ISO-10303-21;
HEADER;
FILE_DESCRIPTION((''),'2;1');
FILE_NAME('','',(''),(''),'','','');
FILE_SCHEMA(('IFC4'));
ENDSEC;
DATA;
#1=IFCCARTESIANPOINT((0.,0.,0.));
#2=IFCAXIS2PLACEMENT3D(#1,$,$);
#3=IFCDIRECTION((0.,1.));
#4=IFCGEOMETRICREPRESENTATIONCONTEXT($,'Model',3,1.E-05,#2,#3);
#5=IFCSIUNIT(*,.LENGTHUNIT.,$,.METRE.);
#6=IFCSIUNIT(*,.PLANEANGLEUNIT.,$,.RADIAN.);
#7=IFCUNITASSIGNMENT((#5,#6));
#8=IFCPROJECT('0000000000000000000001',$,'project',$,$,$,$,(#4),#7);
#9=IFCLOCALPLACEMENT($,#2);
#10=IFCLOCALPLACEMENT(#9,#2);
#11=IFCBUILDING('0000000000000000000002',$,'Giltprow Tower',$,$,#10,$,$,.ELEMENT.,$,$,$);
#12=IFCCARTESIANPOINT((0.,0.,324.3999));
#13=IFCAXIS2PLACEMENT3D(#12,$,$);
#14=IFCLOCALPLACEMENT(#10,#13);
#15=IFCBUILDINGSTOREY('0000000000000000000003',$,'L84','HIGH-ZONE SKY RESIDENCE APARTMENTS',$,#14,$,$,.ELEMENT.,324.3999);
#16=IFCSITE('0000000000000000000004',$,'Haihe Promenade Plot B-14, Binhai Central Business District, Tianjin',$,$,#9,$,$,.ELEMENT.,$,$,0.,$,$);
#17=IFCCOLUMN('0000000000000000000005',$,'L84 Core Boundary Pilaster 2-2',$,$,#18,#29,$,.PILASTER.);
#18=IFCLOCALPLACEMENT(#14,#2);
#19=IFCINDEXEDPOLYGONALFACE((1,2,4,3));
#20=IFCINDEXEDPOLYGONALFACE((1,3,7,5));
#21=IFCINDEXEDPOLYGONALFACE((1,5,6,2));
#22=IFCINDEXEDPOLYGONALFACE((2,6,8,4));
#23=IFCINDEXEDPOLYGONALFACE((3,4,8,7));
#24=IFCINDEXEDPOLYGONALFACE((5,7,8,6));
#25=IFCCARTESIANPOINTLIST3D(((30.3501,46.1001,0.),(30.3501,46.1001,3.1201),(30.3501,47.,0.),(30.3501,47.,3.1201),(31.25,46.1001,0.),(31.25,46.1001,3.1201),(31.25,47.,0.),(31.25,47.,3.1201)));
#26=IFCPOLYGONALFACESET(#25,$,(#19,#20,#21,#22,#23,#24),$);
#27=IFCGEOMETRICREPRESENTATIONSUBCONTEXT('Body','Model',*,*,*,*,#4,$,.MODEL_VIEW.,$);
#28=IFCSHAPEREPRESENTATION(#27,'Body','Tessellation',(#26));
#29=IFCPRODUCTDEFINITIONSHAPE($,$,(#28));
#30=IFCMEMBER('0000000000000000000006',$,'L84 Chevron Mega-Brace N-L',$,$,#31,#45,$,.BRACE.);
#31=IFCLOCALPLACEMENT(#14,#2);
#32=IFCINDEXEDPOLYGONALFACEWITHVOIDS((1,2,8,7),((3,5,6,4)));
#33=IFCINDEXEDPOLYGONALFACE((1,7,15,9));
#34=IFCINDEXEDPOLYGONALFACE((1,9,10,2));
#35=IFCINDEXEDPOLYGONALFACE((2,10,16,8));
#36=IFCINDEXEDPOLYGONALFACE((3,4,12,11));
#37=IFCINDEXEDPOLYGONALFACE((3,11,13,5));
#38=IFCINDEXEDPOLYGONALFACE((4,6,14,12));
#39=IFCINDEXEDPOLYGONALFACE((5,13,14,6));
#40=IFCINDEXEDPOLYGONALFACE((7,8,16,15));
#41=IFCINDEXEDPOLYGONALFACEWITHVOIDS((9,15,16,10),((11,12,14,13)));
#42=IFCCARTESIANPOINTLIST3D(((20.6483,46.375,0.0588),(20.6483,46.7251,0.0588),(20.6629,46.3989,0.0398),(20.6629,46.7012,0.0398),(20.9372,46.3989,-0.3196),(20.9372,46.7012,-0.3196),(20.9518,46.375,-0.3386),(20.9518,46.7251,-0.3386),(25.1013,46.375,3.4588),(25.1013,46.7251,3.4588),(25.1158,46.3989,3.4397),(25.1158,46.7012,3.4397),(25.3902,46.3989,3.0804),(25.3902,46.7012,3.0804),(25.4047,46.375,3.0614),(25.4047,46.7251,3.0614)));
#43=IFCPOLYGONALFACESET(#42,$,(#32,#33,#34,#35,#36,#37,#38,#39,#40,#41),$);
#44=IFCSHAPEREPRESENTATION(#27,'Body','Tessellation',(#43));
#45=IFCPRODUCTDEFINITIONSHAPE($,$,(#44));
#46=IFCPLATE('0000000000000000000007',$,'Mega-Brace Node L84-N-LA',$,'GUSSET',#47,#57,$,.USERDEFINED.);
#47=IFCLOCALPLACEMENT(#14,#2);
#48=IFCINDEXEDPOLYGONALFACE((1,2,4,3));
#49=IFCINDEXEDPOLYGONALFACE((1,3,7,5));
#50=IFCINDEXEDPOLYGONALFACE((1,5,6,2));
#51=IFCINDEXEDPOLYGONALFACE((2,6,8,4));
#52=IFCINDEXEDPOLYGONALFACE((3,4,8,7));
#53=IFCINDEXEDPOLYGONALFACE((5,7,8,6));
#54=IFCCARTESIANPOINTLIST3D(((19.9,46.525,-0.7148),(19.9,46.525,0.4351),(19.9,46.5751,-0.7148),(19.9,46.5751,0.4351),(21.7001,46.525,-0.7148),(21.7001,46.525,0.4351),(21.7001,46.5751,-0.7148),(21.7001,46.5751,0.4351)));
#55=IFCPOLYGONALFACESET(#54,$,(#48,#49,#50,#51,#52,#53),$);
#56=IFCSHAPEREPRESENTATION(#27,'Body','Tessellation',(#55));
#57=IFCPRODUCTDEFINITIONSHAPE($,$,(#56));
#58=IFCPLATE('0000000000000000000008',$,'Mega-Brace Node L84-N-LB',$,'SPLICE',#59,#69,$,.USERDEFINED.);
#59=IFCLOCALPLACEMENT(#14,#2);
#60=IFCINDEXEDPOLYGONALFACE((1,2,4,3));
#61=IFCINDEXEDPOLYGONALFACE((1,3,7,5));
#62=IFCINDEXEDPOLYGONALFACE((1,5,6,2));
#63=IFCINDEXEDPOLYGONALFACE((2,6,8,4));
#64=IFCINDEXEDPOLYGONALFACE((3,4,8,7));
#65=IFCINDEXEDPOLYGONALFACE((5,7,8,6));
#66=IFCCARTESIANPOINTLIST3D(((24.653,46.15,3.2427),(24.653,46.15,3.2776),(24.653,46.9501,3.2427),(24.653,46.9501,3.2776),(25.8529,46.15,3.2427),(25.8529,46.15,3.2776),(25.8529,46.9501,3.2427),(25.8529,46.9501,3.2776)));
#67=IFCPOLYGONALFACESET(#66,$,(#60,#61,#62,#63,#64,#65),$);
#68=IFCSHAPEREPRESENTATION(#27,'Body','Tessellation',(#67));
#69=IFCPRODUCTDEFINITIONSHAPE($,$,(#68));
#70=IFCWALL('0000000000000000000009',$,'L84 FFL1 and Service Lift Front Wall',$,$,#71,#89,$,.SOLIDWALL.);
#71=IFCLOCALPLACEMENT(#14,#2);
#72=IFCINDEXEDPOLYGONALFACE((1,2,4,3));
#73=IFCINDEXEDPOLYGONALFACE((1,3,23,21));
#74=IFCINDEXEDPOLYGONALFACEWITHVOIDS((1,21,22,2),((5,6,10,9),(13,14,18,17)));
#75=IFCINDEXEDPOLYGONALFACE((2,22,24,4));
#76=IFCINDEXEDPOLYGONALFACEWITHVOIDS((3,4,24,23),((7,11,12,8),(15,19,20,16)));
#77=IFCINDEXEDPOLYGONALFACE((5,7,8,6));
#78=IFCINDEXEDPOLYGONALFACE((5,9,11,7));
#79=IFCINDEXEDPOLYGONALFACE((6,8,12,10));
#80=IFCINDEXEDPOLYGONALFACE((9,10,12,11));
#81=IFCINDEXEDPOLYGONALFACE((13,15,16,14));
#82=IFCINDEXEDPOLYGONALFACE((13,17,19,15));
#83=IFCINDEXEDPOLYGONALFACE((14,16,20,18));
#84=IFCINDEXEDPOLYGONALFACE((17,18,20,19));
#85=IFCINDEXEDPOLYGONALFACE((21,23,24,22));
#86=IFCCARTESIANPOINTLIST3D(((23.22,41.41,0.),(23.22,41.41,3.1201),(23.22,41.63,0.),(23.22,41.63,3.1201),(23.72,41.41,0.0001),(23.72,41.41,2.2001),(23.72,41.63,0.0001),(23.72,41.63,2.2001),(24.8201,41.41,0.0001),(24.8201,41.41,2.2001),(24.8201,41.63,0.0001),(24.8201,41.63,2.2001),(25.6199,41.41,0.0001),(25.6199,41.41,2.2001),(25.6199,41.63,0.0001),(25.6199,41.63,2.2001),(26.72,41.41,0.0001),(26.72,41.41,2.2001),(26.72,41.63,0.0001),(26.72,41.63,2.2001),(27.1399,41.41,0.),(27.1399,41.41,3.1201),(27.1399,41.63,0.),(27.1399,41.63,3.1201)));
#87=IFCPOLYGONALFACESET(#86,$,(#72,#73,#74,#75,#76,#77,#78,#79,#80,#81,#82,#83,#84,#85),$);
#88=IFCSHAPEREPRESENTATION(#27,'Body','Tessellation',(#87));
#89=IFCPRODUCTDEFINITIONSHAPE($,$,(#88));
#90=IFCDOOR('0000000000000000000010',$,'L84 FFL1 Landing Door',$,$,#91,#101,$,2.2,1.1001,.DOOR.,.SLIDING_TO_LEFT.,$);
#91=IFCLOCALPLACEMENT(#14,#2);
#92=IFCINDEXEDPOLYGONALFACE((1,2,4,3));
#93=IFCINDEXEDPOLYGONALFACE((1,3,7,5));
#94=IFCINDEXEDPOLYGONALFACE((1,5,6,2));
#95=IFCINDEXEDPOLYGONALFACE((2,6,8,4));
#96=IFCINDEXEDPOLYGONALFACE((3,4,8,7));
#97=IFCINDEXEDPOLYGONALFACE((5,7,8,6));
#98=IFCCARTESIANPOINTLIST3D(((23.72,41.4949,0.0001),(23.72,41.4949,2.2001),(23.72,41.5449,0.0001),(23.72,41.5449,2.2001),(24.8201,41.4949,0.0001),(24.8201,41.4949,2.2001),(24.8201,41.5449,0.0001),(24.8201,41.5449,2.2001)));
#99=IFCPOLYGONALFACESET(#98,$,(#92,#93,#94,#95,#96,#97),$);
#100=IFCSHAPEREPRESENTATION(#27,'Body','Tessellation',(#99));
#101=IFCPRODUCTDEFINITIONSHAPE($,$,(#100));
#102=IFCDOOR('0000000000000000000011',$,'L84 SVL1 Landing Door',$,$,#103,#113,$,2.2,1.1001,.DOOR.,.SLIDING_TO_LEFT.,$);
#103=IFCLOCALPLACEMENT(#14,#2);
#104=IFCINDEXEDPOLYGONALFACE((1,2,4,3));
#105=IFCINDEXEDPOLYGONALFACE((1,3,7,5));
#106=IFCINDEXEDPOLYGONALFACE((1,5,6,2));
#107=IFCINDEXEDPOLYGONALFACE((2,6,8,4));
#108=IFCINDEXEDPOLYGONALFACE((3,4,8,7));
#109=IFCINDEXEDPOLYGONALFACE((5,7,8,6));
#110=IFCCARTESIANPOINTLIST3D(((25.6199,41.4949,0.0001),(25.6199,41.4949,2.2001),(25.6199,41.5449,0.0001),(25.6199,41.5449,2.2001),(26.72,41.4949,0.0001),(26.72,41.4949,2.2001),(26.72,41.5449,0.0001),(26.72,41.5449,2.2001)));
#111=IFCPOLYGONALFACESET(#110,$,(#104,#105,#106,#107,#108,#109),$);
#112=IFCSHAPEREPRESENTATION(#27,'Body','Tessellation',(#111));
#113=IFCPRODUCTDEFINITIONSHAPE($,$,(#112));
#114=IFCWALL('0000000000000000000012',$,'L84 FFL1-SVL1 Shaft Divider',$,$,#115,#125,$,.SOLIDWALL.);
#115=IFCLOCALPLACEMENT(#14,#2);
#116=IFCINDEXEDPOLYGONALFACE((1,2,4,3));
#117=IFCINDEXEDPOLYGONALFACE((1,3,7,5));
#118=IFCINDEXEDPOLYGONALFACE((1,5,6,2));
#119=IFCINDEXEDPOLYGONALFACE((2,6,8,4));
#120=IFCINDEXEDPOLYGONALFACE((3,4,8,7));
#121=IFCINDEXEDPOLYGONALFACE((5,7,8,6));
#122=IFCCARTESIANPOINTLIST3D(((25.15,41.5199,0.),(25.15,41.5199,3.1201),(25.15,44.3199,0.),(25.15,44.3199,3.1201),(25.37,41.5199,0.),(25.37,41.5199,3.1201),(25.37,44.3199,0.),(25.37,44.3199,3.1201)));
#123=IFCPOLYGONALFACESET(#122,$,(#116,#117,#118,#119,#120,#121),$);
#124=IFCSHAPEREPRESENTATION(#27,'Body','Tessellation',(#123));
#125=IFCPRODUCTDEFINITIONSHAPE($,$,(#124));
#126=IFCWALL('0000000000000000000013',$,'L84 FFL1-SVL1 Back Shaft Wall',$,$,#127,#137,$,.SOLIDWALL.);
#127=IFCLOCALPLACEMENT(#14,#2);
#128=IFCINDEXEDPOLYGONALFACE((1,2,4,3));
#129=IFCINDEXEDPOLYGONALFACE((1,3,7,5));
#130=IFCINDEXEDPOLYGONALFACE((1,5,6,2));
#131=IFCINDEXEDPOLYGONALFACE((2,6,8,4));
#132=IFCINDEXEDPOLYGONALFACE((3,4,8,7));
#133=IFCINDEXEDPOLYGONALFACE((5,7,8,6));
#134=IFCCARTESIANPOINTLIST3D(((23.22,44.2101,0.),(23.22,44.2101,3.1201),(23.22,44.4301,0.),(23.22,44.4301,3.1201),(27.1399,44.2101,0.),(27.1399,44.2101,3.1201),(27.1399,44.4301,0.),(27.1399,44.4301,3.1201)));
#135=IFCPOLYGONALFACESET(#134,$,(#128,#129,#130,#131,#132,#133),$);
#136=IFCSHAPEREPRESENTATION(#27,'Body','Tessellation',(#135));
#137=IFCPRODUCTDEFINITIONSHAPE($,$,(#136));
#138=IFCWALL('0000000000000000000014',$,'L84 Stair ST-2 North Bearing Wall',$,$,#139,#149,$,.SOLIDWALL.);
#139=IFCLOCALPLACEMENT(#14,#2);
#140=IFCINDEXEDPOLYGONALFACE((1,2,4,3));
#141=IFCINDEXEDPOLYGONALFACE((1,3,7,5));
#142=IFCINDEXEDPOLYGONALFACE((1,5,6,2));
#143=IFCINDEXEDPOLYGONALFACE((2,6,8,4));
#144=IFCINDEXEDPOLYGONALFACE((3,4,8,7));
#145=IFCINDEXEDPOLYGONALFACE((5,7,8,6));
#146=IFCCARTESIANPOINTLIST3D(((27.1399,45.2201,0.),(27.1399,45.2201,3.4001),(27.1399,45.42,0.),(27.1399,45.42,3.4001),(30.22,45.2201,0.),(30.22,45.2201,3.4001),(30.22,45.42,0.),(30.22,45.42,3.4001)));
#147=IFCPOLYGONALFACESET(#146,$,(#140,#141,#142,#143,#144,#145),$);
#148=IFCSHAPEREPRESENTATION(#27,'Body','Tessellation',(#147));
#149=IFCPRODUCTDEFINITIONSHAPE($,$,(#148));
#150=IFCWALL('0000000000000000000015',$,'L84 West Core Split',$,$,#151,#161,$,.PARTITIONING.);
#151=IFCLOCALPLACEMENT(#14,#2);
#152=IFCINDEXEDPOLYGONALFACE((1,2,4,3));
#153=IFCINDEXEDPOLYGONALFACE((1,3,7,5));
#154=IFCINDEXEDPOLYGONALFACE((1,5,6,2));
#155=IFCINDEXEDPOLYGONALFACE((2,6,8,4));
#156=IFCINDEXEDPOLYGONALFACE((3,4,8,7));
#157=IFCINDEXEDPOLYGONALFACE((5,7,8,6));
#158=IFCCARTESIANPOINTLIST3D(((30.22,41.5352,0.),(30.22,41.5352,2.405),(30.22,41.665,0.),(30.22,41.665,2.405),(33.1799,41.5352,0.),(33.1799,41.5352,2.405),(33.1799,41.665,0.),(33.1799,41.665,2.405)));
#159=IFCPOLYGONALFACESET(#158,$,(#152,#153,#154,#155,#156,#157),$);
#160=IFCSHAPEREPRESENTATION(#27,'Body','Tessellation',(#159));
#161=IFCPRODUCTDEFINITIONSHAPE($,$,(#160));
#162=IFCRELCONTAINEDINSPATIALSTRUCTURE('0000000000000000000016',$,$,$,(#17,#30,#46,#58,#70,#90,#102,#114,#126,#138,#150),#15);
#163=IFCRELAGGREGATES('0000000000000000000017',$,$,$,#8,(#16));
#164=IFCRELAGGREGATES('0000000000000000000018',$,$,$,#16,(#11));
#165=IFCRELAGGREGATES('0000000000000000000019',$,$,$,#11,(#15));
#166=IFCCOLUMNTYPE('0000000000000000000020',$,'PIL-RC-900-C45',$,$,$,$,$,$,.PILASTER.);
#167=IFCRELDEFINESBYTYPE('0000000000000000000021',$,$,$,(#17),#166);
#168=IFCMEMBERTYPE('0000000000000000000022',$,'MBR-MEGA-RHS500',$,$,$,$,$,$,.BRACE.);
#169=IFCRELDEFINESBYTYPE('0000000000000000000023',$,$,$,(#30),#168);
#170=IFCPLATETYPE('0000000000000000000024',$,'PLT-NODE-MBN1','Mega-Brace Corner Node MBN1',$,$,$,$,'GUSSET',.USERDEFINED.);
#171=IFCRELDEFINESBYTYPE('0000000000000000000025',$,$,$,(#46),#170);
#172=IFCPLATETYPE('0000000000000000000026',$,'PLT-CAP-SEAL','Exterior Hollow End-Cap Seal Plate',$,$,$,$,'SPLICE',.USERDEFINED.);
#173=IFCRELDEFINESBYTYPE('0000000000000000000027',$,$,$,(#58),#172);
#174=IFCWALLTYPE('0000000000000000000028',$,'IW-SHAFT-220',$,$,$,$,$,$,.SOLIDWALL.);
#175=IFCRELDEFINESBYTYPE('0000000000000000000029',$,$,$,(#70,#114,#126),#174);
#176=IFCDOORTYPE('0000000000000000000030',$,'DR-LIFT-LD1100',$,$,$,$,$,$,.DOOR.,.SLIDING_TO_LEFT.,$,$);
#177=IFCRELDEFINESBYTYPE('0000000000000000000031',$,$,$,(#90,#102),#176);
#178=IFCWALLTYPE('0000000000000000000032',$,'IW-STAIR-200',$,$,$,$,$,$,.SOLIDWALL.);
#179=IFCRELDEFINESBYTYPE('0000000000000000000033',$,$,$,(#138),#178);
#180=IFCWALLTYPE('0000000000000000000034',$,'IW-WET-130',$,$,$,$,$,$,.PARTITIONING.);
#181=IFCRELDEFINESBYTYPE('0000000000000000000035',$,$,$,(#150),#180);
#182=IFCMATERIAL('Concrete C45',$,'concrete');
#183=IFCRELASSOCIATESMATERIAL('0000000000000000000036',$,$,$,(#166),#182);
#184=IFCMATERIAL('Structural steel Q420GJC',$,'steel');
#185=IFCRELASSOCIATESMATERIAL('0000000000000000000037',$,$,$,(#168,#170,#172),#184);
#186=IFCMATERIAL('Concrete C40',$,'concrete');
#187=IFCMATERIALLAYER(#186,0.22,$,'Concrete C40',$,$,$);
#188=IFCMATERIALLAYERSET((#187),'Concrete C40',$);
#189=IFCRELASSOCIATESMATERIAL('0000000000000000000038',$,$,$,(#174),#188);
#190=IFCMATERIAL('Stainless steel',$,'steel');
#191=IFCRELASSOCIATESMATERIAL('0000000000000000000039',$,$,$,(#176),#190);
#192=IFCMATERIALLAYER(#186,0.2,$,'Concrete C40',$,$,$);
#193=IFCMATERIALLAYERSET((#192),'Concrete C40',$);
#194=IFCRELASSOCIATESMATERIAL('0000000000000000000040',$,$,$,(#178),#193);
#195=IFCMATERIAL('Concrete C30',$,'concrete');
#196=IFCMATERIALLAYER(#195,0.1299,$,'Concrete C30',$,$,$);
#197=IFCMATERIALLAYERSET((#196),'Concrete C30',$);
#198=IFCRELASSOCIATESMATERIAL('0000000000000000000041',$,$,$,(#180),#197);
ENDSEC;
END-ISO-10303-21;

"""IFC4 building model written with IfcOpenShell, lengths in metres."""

from ifc_helpers import new_model, si_unit, direction, frame, frame_2d, origin, origin_2d, place, context, subcontext, project, spatial, rectangle, hollow_rectangle, extrude, source, transform, mapped, material, layer, layer_set, material_profile, profile_set, type_object, element, fill, save


model = new_model("IFC4")

# Units and contexts
model_context = context("Model", 3, precision=1e-05, world=origin(), true_north=direction((0.0, 1.0)))
body_context = subcontext(model_context, "Body", "Model", "MODEL_VIEW")
ifc_project = project(units=[si_unit("LENGTHUNIT", "METRE"), si_unit("PLANEANGLEUNIT", "RADIAN")], contexts=[model_context])

# Site, building, storey
site_placement = place(None, origin())
site = spatial("IfcSite", under=ifc_project, at=site_placement, Name="Haihe Promenade Plot B-14, Binhai Central Business District, Tianjin", CompositionType="ELEMENT", RefElevation=0.0)
building_placement = place(site_placement, origin())
building = spatial("IfcBuilding", under=site, at=building_placement, Name="Giltprow Tower", CompositionType="ELEMENT")
storey_placement = place(building_placement, frame((0.0, 0.0, 324.3999)))
storey = spatial("IfcBuildingStorey", under=building, at=storey_placement, Name="L84", Description="HIGH-ZONE SKY RESIDENCE APARTMENTS", CompositionType="ELEMENT", Elevation=324.3999)

# Column
ifc_material_1 = material(Name="Concrete C45", Category="concrete")
ifc_material_profile_1 = material_profile(ifc_material_1, rectangle(XDim=0.8999, YDim=0.8999, at=origin_2d()), Name="RC 900x900")
ifc_profile_set_1 = profile_set([ifc_material_profile_1], Name="Concrete C45")
column_type = type_object("IfcColumnType", Name="PIL-RC-900-C45", PredefinedType="PILASTER", material=ifc_profile_set_1)
shared_shape_1 = source(origin(), body_context, "Body", "SweptSolid", [
    extrude(rectangle(XDim=0.8999, YDim=0.8999, at=origin_2d()), origin(), (0.0, 0.0, 1.0), 3.1201),
])
column_placement = place(storey_placement, frame((30.8, 46.55, 0.0), z_axis=(0.0, 0.0, 1.0), x_axis=(1.0, 0.0, 0.0)))
element("IfcColumn", 1, at=column_placement, inside=storey, type_object=column_type, Name="L84 Core Boundary Pilaster 2-2", PredefinedType="PILASTER", context=body_context, shape_type="MappedRepresentation", body=[
    mapped(shared_shape_1, transform((0.0, 0.0, 0.0), x_axis=(1.0, 0.0, 0.0), y_axis=(0.0, 1.0, 0.0), z_axis=(0.0, 0.0, 1.0), scale=1.0)),
])

# Member
ifc_material_2 = material(Name="Structural steel Q420GJC", Category="steel")
ifc_material_profile_2 = material_profile(ifc_material_2, hollow_rectangle(XDim=0.3501, YDim=0.5, WallThickness=0.0239, at=origin_2d()), Name="RHS 500x350x24")
ifc_profile_set_2 = profile_set([ifc_material_profile_2], Name="Structural steel Q420GJC")
member_type = type_object("IfcMemberType", Name="MBR-MEGA-RHS500", PredefinedType="BRACE", material=ifc_profile_set_2)
shared_shape_2 = source(origin(), body_context, "Body", "SweptSolid", [
    extrude(hollow_rectangle(XDim=0.3501, YDim=0.5, WallThickness=0.0239, at=origin_2d()), origin(), (0.0, 0.0, 1.0), 5.6025),
])
member_placement = place(storey_placement, frame((20.8, 46.55, -0.1399), z_axis=(0.794809, 0.0, 0.60686), x_axis=(0.0, 1.0, 0.0)))
element("IfcMember", 2, at=member_placement, inside=storey, type_object=member_type, Name="L84 Chevron Mega-Brace N-L", PredefinedType="BRACE", context=body_context, shape_type="MappedRepresentation", body=[
    mapped(shared_shape_2, transform((0.0, 0.0, 0.0), x_axis=(1.0, 0.0, 0.0), y_axis=(0.0, 1.0, 0.0), z_axis=(0.0, 0.0, 1.0), scale=1.0)),
])

# Plates
plate_type_1 = type_object("IfcPlateType", Name="PLT-NODE-MBN1", Description="Mega-Brace Corner Node MBN1", ElementType="GUSSET", PredefinedType="USERDEFINED", material=ifc_material_2)
shared_shape_3 = source(origin(), body_context, "Body", "SweptSolid", [
    extrude(rectangle(XDim=1.8, YDim=0.05, at=origin_2d()), origin(), (0.0, 0.0, 1.0), 1.1499),
])
plate_1_placement = place(storey_placement, frame((20.8, 46.55, -0.7148), z_axis=(0.0, 0.0, 1.0), x_axis=(1.0, 0.0, 0.0)))
element("IfcPlate", 3, at=plate_1_placement, inside=storey, type_object=plate_type_1, Name="Mega-Brace Node L84-N-LA", ObjectType="GUSSET", PredefinedType="USERDEFINED", context=body_context, shape_type="MappedRepresentation", body=[
    mapped(shared_shape_3, transform((0.0, 0.0, 0.0), x_axis=(1.0, 0.0, 0.0), y_axis=(0.0, 1.0, 0.0), z_axis=(0.0, 0.0, 1.0), scale=1.0)),
])
plate_type_2 = type_object("IfcPlateType", Name="PLT-CAP-SEAL", Description="Exterior Hollow End-Cap Seal Plate", ElementType="SPLICE", PredefinedType="USERDEFINED", material=ifc_material_2)
shared_shape_4 = source(origin(), body_context, "Body", "SweptSolid", [
    extrude(rectangle(XDim=1.2, YDim=0.8, at=origin_2d()), origin(), (0.0, 0.0, 1.0), 0.0349),
])
plate_2_placement = place(storey_placement, frame((25.2529, 46.55, 3.2427), z_axis=(0.0, 0.0, 1.0), x_axis=(1.0, 0.0, 0.0)))
element("IfcPlate", 4, at=plate_2_placement, inside=storey, type_object=plate_type_2, Name="Mega-Brace Node L84-N-LB", ObjectType="SPLICE", PredefinedType="USERDEFINED", context=body_context, shape_type="MappedRepresentation", body=[
    mapped(shared_shape_4, transform((0.0, 0.0, 0.0), x_axis=(1.0, 0.0, 0.0), y_axis=(0.0, 1.0, 0.0), z_axis=(0.0, 0.0, 1.0), scale=1.0)),
])

# Wall, openings, doors
ifc_material_3 = material(Name="Concrete C40", Category="concrete")
ifc_layer_1 = layer(ifc_material_3, 0.22, Name="Concrete C40")
ifc_layer_set_1 = layer_set([ifc_layer_1], Name="Concrete C40")
wall_type_1 = type_object("IfcWallType", Name="IW-SHAFT-220", PredefinedType="SOLIDWALL", material=ifc_layer_set_1)
wall_1_placement = place(storey_placement, frame((23.22, 41.52, 0.0), z_axis=(0.0, 0.0, 1.0), x_axis=(1.0, 0.0, 0.0)))
wall_1 = element("IfcWall", 5, at=wall_1_placement, inside=storey, type_object=wall_type_1, Name="L84 FFL1 and Service Lift Front Wall", PredefinedType="SOLIDWALL", context=body_context, shape_type="SweptSolid", body=[
    extrude(rectangle(XDim=3.9199, YDim=0.22, at=frame_2d((1.96, 0.0))), origin(), (0.0, 0.0, 1.0), 3.1201),
])
opening_1_placement = place(wall_1_placement, frame((0.5, 0.0, 0.0)))
opening_1 = element("IfcOpeningElement", 6, at=opening_1_placement, cuts=wall_1, PredefinedType="OPENING", context=body_context, shape_type="SweptSolid", body=[
    extrude(rectangle(XDim=1.1001, YDim=2.2, at=frame_2d((0.55, 1.1001))), frame((0.0, 0.1199, 0.0), z_axis=(0.0, -1.0, 0.0), x_axis=(1.0, 0.0, 0.0)), (0.0, 0.0, 1.0), 0.24),
])
opening_2_placement = place(wall_1_placement, frame((2.3999, 0.0, 0.0)))
opening_2 = element("IfcOpeningElement", 7, at=opening_2_placement, cuts=wall_1, PredefinedType="OPENING", context=body_context, shape_type="SweptSolid", body=[
    extrude(rectangle(XDim=1.1001, YDim=2.2, at=frame_2d((0.55, 1.1001))), frame((0.0, 0.1199, 0.0), z_axis=(0.0, -1.0, 0.0), x_axis=(1.0, 0.0, 0.0)), (0.0, 0.0, 1.0), 0.24),
])
ifc_material_4 = material(Name="Stainless steel", Category="steel")
door_type = type_object("IfcDoorType", Name="DR-LIFT-LD1100", OperationType="SLIDING_TO_LEFT", PredefinedType="DOOR", material=ifc_material_4)
shared_shape_5 = source(origin(), body_context, "Body", "SweptSolid", [
    extrude(rectangle(XDim=1.1001, YDim=2.2, at=frame_2d((0.55, 1.1001))), frame((0.0, 0.0249, 0.0), z_axis=(0.0, -1.0, 0.0), x_axis=(1.0, 0.0, 0.0)), (0.0, 0.0, 1.0), 0.05),
])
door_1_placement = place(opening_1_placement, origin())
door_1 = element("IfcDoor", 8, at=door_1_placement, inside=storey, type_object=door_type, Name="L84 FFL1 Landing Door", OperationType="SLIDING_TO_LEFT", OverallHeight=2.2, OverallWidth=1.1001, PredefinedType="DOOR", context=body_context, shape_type="MappedRepresentation", body=[
    mapped(shared_shape_5, transform((0.0, 0.0, 0.0), x_axis=(1.0, 0.0, 0.0), y_axis=(0.0, 1.0, 0.0), z_axis=(0.0, 0.0, 1.0), scale=1.0)),
])
fill(opening_1, door_1)
door_2_placement = place(opening_2_placement, origin())
door_2 = element("IfcDoor", 9, at=door_2_placement, inside=storey, type_object=door_type, Name="L84 SVL1 Landing Door", OperationType="SLIDING_TO_LEFT", OverallHeight=2.2, OverallWidth=1.1001, PredefinedType="DOOR", context=body_context, shape_type="MappedRepresentation", body=[
    mapped(shared_shape_5, transform((0.0, 0.0, 0.0), x_axis=(1.0, 0.0, 0.0), y_axis=(0.0, 1.0, 0.0), z_axis=(0.0, 0.0, 1.0), scale=1.0)),
])
fill(opening_2, door_2)

# Walls
wall_2_placement = place(storey_placement, frame((25.26, 41.52, 0.0), z_axis=(0.0, 0.0, 1.0), x_axis=(0.0, 1.0, 0.0)))
element("IfcWall", 10, at=wall_2_placement, inside=storey, type_object=wall_type_1, Name="L84 FFL1-SVL1 Shaft Divider", PredefinedType="SOLIDWALL", context=body_context, shape_type="SweptSolid", body=[
    extrude(rectangle(XDim=2.8, YDim=0.22, at=frame_2d((1.3999, 0.0))), origin(), (0.0, 0.0, 1.0), 3.1201),
])
wall_3_placement = place(storey_placement, frame((23.22, 44.3201, 0.0), z_axis=(0.0, 0.0, 1.0), x_axis=(1.0, 0.0, 0.0)))
element("IfcWall", 11, at=wall_3_placement, inside=storey, type_object=wall_type_1, Name="L84 FFL1-SVL1 Back Shaft Wall", PredefinedType="SOLIDWALL", context=body_context, shape_type="SweptSolid", body=[
    extrude(rectangle(XDim=3.9199, YDim=0.22, at=frame_2d((1.96, 0.0))), origin(), (0.0, 0.0, 1.0), 3.1201),
])
ifc_layer_2 = layer(ifc_material_3, 0.2, Name="Concrete C40")
ifc_layer_set_2 = layer_set([ifc_layer_2], Name="Concrete C40")
wall_type_2 = type_object("IfcWallType", Name="IW-STAIR-200", PredefinedType="SOLIDWALL", material=ifc_layer_set_2)
wall_4_placement = place(storey_placement, frame((27.1399, 45.3201, 0.0), z_axis=(0.0, 0.0, 1.0), x_axis=(1.0, 0.0, 0.0)))
element("IfcWall", 12, at=wall_4_placement, inside=storey, type_object=wall_type_2, Name="L84 Stair ST-2 North Bearing Wall", PredefinedType="SOLIDWALL", context=body_context, shape_type="SweptSolid", body=[
    extrude(rectangle(XDim=3.0801, YDim=0.2, at=frame_2d((1.54, 0.0))), origin(), (0.0, 0.0, 1.0), 3.4001),
])
ifc_material_5 = material(Name="Concrete C30", Category="concrete")
ifc_layer_3 = layer(ifc_material_5, 0.1299, Name="Concrete C30")
ifc_layer_set_3 = layer_set([ifc_layer_3], Name="Concrete C30")
wall_type_3 = type_object("IfcWallType", Name="IW-WET-130", PredefinedType="PARTITIONING", material=ifc_layer_set_3)
wall_5_placement = place(storey_placement, frame((30.22, 41.6001, 0.0), z_axis=(0.0, 0.0, 1.0), x_axis=(1.0, 0.0, 0.0)))
element("IfcWall", 13, at=wall_5_placement, inside=storey, type_object=wall_type_3, Name="L84 West Core Split", PredefinedType="PARTITIONING", context=body_context, shape_type="SweptSolid", body=[
    extrude(rectangle(XDim=2.96, YDim=0.1299, at=frame_2d((1.48, 0.0))), origin(), (0.0, 0.0, 1.0), 2.405),
])

save(model, "model.ifc")
